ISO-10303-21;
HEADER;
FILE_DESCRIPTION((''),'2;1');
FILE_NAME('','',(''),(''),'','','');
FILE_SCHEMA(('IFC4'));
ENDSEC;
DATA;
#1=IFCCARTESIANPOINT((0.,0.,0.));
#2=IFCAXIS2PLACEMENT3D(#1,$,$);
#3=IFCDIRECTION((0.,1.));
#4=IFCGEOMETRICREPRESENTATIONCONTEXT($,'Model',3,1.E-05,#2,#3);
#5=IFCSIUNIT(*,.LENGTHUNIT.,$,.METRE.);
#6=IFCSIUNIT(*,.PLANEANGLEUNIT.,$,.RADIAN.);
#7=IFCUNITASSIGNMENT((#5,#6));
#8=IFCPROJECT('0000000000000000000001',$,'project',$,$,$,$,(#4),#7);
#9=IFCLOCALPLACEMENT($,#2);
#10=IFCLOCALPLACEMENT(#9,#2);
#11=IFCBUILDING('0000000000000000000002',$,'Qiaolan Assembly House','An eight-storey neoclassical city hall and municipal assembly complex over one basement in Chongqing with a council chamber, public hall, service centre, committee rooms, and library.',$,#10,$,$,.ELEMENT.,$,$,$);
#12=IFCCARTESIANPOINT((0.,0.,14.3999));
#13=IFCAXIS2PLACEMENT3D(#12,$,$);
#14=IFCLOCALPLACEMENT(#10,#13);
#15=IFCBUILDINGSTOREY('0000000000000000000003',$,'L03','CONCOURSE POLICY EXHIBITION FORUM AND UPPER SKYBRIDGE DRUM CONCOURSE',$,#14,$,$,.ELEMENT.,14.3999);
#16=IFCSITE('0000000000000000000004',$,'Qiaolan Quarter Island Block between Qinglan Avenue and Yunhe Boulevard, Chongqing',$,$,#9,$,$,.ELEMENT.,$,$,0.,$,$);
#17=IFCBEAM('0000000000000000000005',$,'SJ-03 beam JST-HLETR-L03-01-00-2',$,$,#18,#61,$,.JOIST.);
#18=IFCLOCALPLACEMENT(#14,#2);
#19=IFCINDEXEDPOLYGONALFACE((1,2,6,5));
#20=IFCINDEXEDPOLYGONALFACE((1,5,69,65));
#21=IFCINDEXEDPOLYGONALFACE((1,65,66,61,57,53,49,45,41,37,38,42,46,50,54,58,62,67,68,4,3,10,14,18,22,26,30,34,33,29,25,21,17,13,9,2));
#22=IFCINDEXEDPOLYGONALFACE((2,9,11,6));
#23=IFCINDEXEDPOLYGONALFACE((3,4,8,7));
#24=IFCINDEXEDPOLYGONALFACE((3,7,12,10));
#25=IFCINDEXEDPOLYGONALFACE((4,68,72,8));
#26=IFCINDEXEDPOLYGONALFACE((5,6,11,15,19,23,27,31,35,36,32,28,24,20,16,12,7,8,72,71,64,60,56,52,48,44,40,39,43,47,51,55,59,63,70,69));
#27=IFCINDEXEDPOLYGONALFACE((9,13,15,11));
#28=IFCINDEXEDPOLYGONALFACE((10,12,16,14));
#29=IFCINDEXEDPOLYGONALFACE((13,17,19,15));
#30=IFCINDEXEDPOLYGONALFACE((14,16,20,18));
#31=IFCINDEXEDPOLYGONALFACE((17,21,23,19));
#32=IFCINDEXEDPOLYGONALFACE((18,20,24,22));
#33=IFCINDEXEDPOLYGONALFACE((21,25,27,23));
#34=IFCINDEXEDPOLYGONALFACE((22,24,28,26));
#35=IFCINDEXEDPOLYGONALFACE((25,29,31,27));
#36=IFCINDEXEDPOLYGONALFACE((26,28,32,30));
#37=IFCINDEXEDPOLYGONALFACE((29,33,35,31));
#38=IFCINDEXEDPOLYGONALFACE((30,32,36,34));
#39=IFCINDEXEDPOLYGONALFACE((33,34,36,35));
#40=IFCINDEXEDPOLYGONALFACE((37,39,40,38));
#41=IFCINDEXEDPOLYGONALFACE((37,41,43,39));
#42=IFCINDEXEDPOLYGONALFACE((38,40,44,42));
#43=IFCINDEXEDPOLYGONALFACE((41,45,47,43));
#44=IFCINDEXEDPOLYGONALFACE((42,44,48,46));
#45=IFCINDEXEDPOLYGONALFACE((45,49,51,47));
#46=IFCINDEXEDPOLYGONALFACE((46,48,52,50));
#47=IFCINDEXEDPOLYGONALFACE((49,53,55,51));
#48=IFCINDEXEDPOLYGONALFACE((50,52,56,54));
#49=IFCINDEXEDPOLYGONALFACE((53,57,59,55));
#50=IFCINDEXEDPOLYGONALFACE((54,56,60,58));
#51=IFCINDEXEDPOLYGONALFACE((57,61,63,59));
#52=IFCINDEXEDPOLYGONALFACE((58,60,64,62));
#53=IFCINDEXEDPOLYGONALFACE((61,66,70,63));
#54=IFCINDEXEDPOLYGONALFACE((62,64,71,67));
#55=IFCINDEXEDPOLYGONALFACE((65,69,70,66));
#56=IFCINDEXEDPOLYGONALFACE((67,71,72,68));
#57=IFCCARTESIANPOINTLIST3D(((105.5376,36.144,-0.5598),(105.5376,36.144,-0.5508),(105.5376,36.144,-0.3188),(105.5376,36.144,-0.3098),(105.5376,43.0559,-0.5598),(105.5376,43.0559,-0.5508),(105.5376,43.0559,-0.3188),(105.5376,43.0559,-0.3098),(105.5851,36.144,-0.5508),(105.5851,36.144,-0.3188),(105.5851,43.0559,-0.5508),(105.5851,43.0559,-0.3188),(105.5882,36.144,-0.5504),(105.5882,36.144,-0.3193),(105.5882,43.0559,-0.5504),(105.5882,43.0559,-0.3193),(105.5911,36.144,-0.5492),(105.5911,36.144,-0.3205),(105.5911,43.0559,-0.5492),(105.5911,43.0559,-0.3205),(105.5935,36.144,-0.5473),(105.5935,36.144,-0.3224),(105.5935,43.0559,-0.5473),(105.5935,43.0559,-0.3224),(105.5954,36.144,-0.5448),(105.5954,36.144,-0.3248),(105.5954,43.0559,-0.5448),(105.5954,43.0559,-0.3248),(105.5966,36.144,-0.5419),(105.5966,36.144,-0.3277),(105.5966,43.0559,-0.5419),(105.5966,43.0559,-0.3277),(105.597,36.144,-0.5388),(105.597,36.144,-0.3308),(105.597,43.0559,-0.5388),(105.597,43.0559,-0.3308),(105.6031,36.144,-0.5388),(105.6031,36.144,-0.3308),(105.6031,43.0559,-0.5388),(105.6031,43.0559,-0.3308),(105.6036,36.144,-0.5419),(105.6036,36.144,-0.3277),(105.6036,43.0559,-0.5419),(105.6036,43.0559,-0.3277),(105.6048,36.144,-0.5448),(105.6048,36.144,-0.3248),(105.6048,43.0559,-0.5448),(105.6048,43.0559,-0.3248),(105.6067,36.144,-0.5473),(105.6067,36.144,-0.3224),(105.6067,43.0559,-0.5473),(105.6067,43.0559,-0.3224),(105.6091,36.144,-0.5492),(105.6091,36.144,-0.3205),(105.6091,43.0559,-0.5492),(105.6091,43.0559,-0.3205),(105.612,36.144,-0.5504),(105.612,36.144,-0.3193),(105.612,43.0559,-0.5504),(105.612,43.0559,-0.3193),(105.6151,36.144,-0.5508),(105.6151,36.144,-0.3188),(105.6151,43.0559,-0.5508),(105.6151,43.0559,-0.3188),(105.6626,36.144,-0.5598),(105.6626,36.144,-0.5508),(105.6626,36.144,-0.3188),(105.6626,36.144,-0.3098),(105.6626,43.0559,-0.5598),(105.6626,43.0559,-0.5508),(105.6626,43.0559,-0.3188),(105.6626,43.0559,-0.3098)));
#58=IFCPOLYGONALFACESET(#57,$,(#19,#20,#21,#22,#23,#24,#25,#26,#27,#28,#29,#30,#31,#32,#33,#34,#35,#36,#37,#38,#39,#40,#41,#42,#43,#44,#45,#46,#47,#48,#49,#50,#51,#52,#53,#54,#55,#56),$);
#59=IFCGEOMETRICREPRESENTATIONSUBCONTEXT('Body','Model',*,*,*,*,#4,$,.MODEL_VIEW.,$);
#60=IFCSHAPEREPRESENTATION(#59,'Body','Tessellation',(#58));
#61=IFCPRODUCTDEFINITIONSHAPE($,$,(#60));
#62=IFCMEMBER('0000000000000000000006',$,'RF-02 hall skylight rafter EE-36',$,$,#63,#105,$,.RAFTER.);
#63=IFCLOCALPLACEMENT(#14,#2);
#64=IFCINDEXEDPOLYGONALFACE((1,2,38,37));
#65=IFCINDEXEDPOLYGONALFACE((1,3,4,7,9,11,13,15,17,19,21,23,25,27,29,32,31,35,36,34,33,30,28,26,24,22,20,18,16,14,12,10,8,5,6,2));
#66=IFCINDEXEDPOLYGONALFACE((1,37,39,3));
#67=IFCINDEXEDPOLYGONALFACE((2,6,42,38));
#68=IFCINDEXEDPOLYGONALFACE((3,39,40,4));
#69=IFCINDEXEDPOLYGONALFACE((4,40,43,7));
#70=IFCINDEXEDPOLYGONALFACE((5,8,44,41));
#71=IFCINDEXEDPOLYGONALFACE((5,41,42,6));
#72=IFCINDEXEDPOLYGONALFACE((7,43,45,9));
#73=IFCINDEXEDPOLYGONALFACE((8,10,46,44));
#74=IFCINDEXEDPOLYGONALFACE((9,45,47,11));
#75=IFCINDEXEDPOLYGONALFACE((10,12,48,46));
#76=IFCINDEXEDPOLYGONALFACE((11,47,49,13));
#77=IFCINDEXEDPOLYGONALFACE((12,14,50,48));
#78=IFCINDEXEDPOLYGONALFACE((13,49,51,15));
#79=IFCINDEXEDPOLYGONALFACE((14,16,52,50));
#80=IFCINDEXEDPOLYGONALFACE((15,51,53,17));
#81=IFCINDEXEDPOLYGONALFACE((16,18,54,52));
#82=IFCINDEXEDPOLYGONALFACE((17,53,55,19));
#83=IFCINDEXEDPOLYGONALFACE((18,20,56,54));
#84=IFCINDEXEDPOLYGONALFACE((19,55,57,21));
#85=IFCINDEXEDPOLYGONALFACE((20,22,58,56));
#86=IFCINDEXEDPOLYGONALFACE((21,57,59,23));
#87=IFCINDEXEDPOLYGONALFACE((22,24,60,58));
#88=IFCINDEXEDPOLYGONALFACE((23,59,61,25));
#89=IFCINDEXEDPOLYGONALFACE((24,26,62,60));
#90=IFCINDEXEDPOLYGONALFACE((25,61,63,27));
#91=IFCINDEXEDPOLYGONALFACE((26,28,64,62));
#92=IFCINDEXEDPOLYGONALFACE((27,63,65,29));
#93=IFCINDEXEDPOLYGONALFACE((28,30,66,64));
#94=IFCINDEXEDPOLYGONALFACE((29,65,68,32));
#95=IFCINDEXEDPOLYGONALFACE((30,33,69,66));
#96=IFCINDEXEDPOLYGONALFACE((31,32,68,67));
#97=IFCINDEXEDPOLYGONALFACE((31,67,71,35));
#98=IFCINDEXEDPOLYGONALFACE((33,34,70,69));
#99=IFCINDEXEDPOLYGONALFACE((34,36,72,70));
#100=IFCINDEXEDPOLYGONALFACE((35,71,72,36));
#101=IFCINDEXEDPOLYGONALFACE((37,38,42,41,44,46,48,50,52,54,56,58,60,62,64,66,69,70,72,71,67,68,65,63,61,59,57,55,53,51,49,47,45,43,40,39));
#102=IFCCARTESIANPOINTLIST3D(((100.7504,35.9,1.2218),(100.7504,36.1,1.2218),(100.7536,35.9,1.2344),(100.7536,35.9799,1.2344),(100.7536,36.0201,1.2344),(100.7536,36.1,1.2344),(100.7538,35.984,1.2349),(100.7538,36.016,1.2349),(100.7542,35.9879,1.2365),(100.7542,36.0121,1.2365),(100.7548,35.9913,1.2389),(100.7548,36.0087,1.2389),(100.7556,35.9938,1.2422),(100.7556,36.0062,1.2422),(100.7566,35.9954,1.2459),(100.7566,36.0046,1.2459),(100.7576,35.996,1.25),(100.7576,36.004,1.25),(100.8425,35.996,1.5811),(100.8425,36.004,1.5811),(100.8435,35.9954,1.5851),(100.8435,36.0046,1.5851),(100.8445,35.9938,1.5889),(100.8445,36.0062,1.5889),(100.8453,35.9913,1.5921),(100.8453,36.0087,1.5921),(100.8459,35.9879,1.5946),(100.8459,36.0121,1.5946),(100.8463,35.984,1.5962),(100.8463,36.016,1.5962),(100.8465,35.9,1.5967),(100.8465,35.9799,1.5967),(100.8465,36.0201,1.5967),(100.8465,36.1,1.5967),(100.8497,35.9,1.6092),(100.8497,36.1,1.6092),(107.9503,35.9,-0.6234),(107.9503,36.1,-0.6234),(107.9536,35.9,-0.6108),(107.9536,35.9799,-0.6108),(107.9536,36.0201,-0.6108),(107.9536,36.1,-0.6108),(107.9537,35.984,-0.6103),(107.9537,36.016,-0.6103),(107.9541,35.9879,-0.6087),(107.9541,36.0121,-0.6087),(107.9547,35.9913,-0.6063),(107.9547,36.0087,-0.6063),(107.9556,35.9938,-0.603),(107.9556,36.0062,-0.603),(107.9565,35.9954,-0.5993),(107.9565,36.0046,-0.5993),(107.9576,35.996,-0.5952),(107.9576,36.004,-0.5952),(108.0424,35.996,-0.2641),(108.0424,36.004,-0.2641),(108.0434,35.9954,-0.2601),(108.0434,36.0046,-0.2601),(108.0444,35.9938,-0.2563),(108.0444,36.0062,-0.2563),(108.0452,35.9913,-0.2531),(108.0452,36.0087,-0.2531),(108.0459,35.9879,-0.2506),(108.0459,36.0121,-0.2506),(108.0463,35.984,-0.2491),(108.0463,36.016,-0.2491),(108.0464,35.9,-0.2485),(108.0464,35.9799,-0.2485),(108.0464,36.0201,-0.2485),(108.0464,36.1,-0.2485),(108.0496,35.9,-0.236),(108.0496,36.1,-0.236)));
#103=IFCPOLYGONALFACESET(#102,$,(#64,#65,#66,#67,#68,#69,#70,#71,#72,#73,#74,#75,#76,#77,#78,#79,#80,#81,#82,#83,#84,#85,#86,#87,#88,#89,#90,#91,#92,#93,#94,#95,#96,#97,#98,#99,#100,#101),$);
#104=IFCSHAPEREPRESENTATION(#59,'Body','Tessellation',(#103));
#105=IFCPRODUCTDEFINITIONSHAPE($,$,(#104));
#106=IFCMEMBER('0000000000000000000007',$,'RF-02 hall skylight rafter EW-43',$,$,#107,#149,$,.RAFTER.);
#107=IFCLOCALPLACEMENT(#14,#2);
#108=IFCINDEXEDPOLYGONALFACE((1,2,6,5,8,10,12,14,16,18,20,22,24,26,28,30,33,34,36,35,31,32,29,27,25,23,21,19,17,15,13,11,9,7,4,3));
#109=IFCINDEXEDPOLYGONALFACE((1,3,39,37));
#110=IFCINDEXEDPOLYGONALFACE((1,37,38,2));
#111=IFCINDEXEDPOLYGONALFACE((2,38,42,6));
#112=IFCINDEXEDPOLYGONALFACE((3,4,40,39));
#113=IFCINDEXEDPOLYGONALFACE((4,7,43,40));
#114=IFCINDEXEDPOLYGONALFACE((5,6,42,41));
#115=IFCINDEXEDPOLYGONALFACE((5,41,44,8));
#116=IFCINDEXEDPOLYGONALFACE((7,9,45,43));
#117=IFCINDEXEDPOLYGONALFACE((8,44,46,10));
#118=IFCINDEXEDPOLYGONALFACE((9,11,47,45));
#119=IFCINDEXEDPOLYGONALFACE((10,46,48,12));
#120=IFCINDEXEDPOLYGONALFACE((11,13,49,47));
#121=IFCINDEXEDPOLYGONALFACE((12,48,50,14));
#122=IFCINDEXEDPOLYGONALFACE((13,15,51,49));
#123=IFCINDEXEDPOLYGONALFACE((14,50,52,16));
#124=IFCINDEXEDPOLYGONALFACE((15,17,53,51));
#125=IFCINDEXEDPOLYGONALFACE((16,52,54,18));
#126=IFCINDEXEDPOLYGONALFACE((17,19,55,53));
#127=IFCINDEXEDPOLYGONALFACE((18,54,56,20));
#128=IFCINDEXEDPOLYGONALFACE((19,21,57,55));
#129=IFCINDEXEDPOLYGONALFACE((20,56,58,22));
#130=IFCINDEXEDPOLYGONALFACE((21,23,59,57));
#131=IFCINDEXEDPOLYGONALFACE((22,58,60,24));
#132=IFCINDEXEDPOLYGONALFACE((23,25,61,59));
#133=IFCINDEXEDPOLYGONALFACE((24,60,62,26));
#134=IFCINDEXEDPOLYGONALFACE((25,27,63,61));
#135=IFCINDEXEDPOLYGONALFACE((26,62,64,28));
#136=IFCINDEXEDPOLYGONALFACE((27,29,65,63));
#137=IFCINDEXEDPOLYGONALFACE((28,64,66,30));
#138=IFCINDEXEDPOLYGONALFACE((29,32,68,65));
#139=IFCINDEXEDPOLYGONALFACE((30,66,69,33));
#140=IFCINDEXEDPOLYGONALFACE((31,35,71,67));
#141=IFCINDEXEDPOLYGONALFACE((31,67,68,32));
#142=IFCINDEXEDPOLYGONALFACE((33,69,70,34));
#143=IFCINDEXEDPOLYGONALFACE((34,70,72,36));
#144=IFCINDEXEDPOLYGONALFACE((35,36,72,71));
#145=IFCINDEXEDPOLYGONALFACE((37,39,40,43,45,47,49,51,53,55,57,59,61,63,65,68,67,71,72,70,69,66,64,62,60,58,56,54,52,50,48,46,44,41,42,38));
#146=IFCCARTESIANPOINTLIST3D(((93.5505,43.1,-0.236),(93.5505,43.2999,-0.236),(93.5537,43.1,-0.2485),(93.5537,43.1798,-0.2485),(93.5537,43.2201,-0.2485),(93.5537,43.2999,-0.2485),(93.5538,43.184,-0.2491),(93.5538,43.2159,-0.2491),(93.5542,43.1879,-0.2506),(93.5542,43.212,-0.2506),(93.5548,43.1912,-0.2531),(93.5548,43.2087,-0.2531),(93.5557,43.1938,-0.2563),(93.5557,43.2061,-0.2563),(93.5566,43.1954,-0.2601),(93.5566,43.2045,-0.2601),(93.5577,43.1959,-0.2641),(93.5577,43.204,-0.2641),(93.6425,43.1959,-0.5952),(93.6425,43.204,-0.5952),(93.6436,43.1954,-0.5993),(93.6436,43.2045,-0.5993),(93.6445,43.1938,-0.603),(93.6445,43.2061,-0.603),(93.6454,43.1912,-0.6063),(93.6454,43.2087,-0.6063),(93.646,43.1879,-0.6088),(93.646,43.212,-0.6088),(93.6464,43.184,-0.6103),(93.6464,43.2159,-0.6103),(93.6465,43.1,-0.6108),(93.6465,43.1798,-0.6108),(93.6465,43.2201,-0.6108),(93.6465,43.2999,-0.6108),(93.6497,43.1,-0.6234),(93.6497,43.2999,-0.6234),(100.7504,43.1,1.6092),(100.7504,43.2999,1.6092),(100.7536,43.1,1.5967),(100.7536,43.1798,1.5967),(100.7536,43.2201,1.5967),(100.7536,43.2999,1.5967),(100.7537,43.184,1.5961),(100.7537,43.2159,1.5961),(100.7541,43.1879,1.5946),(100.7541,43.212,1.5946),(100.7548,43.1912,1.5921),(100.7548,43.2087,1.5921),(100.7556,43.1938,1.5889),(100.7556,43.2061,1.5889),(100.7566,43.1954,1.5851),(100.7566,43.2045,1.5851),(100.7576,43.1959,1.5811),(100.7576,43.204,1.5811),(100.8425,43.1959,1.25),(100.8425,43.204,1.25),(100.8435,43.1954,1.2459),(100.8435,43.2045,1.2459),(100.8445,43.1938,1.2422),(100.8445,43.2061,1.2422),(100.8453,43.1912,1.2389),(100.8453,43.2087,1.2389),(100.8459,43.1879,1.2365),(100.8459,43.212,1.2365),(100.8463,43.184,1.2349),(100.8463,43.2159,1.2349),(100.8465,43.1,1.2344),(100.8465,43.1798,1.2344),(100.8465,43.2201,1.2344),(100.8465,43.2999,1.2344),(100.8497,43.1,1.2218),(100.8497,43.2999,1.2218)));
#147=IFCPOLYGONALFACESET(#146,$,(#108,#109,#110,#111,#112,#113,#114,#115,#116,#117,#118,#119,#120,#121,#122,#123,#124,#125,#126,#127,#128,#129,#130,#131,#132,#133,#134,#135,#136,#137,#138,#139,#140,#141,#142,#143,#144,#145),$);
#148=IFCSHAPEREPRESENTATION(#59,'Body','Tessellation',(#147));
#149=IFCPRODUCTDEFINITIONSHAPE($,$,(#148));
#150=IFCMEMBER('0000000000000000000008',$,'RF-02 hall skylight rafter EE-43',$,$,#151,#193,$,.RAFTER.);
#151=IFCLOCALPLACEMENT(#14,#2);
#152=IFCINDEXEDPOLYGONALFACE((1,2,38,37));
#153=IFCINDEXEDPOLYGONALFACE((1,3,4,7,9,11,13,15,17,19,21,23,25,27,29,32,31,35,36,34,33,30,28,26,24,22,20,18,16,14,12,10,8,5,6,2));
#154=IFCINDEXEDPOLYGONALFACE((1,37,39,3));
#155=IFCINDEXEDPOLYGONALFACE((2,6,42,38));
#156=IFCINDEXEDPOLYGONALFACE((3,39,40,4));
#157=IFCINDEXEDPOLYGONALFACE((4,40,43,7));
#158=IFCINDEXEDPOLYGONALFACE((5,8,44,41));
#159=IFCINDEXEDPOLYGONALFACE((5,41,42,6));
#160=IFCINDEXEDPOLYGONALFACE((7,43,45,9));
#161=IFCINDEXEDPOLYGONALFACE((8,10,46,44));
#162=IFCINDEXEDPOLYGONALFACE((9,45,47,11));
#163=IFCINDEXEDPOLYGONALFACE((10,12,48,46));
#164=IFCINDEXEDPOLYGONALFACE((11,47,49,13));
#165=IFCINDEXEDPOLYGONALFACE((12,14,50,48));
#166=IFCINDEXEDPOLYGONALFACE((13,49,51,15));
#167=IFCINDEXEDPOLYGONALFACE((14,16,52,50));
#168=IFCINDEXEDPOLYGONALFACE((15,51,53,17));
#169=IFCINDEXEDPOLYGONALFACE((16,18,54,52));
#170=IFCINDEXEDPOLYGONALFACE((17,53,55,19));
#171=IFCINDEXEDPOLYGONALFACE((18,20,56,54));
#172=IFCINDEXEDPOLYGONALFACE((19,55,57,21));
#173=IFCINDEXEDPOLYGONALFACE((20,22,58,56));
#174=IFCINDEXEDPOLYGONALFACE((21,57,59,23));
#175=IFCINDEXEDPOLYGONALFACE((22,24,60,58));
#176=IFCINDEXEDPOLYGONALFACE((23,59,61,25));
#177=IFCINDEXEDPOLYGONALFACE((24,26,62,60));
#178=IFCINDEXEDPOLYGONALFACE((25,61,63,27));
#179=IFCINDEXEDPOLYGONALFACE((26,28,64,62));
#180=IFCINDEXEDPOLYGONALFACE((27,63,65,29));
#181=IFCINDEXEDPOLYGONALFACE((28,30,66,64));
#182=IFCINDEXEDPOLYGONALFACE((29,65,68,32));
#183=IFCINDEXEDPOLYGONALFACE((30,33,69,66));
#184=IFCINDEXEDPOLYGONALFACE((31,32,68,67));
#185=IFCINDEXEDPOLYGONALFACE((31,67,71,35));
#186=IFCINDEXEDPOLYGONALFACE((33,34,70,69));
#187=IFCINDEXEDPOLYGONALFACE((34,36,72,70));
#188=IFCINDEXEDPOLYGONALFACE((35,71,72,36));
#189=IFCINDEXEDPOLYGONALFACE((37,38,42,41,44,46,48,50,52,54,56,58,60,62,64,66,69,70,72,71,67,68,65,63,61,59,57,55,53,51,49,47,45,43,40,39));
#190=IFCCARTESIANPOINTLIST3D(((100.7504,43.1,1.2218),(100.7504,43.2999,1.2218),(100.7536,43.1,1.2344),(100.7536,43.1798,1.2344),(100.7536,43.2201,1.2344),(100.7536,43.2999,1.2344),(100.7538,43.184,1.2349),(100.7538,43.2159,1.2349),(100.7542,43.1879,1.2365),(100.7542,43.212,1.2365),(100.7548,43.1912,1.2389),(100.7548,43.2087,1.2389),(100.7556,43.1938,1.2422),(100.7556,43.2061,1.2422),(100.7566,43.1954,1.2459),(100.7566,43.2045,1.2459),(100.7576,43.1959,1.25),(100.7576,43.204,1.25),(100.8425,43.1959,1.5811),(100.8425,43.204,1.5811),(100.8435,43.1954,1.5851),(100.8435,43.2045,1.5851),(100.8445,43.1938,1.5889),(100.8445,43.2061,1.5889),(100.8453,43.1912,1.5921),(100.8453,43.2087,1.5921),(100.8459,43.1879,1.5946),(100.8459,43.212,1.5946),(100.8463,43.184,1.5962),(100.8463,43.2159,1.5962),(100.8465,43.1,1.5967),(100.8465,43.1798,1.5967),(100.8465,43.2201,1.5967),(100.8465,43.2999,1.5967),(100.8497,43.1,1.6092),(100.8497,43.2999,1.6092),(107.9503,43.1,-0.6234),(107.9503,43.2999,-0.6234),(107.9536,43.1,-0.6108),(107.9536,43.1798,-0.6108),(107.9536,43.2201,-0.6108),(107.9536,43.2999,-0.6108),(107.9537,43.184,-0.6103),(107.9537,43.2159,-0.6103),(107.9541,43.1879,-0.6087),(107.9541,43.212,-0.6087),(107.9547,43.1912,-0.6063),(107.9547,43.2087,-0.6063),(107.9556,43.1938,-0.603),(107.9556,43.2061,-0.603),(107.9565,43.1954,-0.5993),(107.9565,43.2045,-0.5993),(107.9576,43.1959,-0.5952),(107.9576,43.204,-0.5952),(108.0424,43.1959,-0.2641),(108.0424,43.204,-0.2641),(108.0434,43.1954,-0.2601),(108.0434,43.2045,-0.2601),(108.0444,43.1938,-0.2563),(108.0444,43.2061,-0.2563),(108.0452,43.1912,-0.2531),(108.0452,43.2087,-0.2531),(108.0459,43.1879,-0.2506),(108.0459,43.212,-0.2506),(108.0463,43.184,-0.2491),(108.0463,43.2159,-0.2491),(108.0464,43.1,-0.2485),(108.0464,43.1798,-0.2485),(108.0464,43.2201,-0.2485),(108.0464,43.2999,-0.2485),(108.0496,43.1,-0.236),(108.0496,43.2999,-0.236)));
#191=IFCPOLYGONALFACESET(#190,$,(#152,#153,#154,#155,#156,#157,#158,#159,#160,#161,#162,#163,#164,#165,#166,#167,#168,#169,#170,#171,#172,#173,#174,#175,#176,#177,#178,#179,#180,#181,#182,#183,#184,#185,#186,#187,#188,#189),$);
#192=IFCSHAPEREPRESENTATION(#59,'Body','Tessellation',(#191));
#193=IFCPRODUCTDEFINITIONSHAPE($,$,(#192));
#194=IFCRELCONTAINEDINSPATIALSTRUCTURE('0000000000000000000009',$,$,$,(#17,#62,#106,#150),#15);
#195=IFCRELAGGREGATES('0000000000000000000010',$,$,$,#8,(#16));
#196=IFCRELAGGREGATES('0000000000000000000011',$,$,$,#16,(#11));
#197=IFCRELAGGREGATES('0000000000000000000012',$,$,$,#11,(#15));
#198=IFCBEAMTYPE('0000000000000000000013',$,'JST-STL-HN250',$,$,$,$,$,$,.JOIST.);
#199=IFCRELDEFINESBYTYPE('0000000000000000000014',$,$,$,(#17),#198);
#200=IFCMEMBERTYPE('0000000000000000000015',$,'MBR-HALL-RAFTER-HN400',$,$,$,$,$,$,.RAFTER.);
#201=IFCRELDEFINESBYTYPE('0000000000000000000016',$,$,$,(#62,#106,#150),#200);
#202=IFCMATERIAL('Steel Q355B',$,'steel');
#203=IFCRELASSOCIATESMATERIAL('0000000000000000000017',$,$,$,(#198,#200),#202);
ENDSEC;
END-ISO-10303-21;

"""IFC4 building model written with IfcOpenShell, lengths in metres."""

from ifc_helpers import new_model, si_unit, direction, frame, origin, origin_2d, place, context, subcontext, project, spatial, i_section, extrude, material, material_profile, profile_set, type_object, element, save


model = new_model("IFC4")

# Units and contexts
model_context = context("Model", 3, precision=1e-05, world=origin(), true_north=direction((0.0, 1.0)))
body_context = subcontext(model_context, "Body", "Model", "MODEL_VIEW")
ifc_project = project(units=[si_unit("LENGTHUNIT", "METRE"), si_unit("PLANEANGLEUNIT", "RADIAN")], contexts=[model_context])

# Site, building, storey
site_placement = place(None, origin())
site = spatial("IfcSite", under=ifc_project, at=site_placement, Name="Qiaolan Quarter Island Block between Qinglan Avenue and Yunhe Boulevard, Chongqing", CompositionType="ELEMENT", RefElevation=0.0)
building_placement = place(site_placement, origin())
building = spatial("IfcBuilding", under=site, at=building_placement, Name="Qiaolan Assembly House", Description="An eight-storey neoclassical city hall and municipal assembly complex over one basement in Chongqing with a council chamber, public hall, service centre, committee rooms, and library.", CompositionType="ELEMENT")
storey_placement = place(building_placement, frame((0.0, 0.0, 14.3999)))
storey = spatial("IfcBuildingStorey", under=building, at=storey_placement, Name="L03", Description="CONCOURSE POLICY EXHIBITION FORUM AND UPPER SKYBRIDGE DRUM CONCOURSE", CompositionType="ELEMENT", Elevation=14.3999)

# Shared definitions
ifc_material_1 = material(Name="Steel Q355B", Category="steel")

# Beam
ifc_material_profile_1 = material_profile(ifc_material_1, i_section(OverallWidth=0.125, OverallDepth=0.25, WebThickness=0.0061, FlangeThickness=0.009, FilletRadius=0.012, at=origin_2d()), Name="HN 250x125x6x9")
ifc_profile_set_1 = profile_set([ifc_material_profile_1], Name="Steel Q355B")
beam_type_1 = type_object("IfcBeamType", Name="JST-STL-HN250", PredefinedType="JOIST", material=ifc_profile_set_1)
for number, where, z_axis, x_axis, name in (
    (1, (105.6001, 36.144, -0.4348), (0.0, 1.0, 0.0), (-1.0, 0.0, 0.0), "SJ-03 beam JST-HLETR-L03-01-00-2"),
):
    element("IfcBeam", number, at=place(storey_placement, frame(where, z_axis=z_axis, x_axis=x_axis)), inside=storey, type_object=beam_type_1, Name=name, PredefinedType="JOIST", context=body_context, shape_type="SweptSolid", body=[
        extrude(i_section(OverallWidth=0.125, OverallDepth=0.25, WebThickness=0.0061, FlangeThickness=0.009, FilletRadius=0.012, at=origin_2d()), origin(), (0.0, 0.0, 1.0), 6.9119),
    ])

# Members
ifc_material_profile_2 = material_profile(ifc_material_1, i_section(OverallWidth=0.2, OverallDepth=0.3999, WebThickness=0.0081, FlangeThickness=0.0129, FilletRadius=0.0161, at=origin_2d()), Name="HN 400x200x8x13-RF")
ifc_profile_set_2 = profile_set([ifc_material_profile_2], Name="Steel Q355B")
member_type_1 = type_object("IfcMemberType", Name="MBR-HALL-RAFTER-HN400", PredefinedType="RAFTER", material=ifc_profile_set_2)
for number, where, z_axis, x_axis, name in (
    (2, (100.8, 36.0, 1.4155), (0.968694, 0.0, -0.248258), (0.0, 1.0, 0.0), "RF-02 hall skylight rafter EE-36"),
    (3, (93.6001, 43.2, -0.4297), (0.968694, 0.0, 0.248258), (0.0, 1.0, 0.0), "RF-02 hall skylight rafter EW-43"),
    (4, (100.8, 43.2, 1.4155), (0.968694, 0.0, -0.248258), (0.0, 1.0, 0.0), "RF-02 hall skylight rafter EE-43"),
):
    element("IfcMember", number, at=place(storey_placement, frame(where, z_axis=z_axis, x_axis=x_axis)), inside=storey, type_object=member_type_1, Name=name, PredefinedType="RAFTER", context=body_context, shape_type="SweptSolid", body=[
        extrude(i_section(OverallWidth=0.2, OverallDepth=0.3999, WebThickness=0.0081, FlangeThickness=0.0129, FilletRadius=0.0161, at=origin_2d()), origin(), (0.0, 0.0, 1.0), 7.4326),
    ])

save(model, "model.ifc")
